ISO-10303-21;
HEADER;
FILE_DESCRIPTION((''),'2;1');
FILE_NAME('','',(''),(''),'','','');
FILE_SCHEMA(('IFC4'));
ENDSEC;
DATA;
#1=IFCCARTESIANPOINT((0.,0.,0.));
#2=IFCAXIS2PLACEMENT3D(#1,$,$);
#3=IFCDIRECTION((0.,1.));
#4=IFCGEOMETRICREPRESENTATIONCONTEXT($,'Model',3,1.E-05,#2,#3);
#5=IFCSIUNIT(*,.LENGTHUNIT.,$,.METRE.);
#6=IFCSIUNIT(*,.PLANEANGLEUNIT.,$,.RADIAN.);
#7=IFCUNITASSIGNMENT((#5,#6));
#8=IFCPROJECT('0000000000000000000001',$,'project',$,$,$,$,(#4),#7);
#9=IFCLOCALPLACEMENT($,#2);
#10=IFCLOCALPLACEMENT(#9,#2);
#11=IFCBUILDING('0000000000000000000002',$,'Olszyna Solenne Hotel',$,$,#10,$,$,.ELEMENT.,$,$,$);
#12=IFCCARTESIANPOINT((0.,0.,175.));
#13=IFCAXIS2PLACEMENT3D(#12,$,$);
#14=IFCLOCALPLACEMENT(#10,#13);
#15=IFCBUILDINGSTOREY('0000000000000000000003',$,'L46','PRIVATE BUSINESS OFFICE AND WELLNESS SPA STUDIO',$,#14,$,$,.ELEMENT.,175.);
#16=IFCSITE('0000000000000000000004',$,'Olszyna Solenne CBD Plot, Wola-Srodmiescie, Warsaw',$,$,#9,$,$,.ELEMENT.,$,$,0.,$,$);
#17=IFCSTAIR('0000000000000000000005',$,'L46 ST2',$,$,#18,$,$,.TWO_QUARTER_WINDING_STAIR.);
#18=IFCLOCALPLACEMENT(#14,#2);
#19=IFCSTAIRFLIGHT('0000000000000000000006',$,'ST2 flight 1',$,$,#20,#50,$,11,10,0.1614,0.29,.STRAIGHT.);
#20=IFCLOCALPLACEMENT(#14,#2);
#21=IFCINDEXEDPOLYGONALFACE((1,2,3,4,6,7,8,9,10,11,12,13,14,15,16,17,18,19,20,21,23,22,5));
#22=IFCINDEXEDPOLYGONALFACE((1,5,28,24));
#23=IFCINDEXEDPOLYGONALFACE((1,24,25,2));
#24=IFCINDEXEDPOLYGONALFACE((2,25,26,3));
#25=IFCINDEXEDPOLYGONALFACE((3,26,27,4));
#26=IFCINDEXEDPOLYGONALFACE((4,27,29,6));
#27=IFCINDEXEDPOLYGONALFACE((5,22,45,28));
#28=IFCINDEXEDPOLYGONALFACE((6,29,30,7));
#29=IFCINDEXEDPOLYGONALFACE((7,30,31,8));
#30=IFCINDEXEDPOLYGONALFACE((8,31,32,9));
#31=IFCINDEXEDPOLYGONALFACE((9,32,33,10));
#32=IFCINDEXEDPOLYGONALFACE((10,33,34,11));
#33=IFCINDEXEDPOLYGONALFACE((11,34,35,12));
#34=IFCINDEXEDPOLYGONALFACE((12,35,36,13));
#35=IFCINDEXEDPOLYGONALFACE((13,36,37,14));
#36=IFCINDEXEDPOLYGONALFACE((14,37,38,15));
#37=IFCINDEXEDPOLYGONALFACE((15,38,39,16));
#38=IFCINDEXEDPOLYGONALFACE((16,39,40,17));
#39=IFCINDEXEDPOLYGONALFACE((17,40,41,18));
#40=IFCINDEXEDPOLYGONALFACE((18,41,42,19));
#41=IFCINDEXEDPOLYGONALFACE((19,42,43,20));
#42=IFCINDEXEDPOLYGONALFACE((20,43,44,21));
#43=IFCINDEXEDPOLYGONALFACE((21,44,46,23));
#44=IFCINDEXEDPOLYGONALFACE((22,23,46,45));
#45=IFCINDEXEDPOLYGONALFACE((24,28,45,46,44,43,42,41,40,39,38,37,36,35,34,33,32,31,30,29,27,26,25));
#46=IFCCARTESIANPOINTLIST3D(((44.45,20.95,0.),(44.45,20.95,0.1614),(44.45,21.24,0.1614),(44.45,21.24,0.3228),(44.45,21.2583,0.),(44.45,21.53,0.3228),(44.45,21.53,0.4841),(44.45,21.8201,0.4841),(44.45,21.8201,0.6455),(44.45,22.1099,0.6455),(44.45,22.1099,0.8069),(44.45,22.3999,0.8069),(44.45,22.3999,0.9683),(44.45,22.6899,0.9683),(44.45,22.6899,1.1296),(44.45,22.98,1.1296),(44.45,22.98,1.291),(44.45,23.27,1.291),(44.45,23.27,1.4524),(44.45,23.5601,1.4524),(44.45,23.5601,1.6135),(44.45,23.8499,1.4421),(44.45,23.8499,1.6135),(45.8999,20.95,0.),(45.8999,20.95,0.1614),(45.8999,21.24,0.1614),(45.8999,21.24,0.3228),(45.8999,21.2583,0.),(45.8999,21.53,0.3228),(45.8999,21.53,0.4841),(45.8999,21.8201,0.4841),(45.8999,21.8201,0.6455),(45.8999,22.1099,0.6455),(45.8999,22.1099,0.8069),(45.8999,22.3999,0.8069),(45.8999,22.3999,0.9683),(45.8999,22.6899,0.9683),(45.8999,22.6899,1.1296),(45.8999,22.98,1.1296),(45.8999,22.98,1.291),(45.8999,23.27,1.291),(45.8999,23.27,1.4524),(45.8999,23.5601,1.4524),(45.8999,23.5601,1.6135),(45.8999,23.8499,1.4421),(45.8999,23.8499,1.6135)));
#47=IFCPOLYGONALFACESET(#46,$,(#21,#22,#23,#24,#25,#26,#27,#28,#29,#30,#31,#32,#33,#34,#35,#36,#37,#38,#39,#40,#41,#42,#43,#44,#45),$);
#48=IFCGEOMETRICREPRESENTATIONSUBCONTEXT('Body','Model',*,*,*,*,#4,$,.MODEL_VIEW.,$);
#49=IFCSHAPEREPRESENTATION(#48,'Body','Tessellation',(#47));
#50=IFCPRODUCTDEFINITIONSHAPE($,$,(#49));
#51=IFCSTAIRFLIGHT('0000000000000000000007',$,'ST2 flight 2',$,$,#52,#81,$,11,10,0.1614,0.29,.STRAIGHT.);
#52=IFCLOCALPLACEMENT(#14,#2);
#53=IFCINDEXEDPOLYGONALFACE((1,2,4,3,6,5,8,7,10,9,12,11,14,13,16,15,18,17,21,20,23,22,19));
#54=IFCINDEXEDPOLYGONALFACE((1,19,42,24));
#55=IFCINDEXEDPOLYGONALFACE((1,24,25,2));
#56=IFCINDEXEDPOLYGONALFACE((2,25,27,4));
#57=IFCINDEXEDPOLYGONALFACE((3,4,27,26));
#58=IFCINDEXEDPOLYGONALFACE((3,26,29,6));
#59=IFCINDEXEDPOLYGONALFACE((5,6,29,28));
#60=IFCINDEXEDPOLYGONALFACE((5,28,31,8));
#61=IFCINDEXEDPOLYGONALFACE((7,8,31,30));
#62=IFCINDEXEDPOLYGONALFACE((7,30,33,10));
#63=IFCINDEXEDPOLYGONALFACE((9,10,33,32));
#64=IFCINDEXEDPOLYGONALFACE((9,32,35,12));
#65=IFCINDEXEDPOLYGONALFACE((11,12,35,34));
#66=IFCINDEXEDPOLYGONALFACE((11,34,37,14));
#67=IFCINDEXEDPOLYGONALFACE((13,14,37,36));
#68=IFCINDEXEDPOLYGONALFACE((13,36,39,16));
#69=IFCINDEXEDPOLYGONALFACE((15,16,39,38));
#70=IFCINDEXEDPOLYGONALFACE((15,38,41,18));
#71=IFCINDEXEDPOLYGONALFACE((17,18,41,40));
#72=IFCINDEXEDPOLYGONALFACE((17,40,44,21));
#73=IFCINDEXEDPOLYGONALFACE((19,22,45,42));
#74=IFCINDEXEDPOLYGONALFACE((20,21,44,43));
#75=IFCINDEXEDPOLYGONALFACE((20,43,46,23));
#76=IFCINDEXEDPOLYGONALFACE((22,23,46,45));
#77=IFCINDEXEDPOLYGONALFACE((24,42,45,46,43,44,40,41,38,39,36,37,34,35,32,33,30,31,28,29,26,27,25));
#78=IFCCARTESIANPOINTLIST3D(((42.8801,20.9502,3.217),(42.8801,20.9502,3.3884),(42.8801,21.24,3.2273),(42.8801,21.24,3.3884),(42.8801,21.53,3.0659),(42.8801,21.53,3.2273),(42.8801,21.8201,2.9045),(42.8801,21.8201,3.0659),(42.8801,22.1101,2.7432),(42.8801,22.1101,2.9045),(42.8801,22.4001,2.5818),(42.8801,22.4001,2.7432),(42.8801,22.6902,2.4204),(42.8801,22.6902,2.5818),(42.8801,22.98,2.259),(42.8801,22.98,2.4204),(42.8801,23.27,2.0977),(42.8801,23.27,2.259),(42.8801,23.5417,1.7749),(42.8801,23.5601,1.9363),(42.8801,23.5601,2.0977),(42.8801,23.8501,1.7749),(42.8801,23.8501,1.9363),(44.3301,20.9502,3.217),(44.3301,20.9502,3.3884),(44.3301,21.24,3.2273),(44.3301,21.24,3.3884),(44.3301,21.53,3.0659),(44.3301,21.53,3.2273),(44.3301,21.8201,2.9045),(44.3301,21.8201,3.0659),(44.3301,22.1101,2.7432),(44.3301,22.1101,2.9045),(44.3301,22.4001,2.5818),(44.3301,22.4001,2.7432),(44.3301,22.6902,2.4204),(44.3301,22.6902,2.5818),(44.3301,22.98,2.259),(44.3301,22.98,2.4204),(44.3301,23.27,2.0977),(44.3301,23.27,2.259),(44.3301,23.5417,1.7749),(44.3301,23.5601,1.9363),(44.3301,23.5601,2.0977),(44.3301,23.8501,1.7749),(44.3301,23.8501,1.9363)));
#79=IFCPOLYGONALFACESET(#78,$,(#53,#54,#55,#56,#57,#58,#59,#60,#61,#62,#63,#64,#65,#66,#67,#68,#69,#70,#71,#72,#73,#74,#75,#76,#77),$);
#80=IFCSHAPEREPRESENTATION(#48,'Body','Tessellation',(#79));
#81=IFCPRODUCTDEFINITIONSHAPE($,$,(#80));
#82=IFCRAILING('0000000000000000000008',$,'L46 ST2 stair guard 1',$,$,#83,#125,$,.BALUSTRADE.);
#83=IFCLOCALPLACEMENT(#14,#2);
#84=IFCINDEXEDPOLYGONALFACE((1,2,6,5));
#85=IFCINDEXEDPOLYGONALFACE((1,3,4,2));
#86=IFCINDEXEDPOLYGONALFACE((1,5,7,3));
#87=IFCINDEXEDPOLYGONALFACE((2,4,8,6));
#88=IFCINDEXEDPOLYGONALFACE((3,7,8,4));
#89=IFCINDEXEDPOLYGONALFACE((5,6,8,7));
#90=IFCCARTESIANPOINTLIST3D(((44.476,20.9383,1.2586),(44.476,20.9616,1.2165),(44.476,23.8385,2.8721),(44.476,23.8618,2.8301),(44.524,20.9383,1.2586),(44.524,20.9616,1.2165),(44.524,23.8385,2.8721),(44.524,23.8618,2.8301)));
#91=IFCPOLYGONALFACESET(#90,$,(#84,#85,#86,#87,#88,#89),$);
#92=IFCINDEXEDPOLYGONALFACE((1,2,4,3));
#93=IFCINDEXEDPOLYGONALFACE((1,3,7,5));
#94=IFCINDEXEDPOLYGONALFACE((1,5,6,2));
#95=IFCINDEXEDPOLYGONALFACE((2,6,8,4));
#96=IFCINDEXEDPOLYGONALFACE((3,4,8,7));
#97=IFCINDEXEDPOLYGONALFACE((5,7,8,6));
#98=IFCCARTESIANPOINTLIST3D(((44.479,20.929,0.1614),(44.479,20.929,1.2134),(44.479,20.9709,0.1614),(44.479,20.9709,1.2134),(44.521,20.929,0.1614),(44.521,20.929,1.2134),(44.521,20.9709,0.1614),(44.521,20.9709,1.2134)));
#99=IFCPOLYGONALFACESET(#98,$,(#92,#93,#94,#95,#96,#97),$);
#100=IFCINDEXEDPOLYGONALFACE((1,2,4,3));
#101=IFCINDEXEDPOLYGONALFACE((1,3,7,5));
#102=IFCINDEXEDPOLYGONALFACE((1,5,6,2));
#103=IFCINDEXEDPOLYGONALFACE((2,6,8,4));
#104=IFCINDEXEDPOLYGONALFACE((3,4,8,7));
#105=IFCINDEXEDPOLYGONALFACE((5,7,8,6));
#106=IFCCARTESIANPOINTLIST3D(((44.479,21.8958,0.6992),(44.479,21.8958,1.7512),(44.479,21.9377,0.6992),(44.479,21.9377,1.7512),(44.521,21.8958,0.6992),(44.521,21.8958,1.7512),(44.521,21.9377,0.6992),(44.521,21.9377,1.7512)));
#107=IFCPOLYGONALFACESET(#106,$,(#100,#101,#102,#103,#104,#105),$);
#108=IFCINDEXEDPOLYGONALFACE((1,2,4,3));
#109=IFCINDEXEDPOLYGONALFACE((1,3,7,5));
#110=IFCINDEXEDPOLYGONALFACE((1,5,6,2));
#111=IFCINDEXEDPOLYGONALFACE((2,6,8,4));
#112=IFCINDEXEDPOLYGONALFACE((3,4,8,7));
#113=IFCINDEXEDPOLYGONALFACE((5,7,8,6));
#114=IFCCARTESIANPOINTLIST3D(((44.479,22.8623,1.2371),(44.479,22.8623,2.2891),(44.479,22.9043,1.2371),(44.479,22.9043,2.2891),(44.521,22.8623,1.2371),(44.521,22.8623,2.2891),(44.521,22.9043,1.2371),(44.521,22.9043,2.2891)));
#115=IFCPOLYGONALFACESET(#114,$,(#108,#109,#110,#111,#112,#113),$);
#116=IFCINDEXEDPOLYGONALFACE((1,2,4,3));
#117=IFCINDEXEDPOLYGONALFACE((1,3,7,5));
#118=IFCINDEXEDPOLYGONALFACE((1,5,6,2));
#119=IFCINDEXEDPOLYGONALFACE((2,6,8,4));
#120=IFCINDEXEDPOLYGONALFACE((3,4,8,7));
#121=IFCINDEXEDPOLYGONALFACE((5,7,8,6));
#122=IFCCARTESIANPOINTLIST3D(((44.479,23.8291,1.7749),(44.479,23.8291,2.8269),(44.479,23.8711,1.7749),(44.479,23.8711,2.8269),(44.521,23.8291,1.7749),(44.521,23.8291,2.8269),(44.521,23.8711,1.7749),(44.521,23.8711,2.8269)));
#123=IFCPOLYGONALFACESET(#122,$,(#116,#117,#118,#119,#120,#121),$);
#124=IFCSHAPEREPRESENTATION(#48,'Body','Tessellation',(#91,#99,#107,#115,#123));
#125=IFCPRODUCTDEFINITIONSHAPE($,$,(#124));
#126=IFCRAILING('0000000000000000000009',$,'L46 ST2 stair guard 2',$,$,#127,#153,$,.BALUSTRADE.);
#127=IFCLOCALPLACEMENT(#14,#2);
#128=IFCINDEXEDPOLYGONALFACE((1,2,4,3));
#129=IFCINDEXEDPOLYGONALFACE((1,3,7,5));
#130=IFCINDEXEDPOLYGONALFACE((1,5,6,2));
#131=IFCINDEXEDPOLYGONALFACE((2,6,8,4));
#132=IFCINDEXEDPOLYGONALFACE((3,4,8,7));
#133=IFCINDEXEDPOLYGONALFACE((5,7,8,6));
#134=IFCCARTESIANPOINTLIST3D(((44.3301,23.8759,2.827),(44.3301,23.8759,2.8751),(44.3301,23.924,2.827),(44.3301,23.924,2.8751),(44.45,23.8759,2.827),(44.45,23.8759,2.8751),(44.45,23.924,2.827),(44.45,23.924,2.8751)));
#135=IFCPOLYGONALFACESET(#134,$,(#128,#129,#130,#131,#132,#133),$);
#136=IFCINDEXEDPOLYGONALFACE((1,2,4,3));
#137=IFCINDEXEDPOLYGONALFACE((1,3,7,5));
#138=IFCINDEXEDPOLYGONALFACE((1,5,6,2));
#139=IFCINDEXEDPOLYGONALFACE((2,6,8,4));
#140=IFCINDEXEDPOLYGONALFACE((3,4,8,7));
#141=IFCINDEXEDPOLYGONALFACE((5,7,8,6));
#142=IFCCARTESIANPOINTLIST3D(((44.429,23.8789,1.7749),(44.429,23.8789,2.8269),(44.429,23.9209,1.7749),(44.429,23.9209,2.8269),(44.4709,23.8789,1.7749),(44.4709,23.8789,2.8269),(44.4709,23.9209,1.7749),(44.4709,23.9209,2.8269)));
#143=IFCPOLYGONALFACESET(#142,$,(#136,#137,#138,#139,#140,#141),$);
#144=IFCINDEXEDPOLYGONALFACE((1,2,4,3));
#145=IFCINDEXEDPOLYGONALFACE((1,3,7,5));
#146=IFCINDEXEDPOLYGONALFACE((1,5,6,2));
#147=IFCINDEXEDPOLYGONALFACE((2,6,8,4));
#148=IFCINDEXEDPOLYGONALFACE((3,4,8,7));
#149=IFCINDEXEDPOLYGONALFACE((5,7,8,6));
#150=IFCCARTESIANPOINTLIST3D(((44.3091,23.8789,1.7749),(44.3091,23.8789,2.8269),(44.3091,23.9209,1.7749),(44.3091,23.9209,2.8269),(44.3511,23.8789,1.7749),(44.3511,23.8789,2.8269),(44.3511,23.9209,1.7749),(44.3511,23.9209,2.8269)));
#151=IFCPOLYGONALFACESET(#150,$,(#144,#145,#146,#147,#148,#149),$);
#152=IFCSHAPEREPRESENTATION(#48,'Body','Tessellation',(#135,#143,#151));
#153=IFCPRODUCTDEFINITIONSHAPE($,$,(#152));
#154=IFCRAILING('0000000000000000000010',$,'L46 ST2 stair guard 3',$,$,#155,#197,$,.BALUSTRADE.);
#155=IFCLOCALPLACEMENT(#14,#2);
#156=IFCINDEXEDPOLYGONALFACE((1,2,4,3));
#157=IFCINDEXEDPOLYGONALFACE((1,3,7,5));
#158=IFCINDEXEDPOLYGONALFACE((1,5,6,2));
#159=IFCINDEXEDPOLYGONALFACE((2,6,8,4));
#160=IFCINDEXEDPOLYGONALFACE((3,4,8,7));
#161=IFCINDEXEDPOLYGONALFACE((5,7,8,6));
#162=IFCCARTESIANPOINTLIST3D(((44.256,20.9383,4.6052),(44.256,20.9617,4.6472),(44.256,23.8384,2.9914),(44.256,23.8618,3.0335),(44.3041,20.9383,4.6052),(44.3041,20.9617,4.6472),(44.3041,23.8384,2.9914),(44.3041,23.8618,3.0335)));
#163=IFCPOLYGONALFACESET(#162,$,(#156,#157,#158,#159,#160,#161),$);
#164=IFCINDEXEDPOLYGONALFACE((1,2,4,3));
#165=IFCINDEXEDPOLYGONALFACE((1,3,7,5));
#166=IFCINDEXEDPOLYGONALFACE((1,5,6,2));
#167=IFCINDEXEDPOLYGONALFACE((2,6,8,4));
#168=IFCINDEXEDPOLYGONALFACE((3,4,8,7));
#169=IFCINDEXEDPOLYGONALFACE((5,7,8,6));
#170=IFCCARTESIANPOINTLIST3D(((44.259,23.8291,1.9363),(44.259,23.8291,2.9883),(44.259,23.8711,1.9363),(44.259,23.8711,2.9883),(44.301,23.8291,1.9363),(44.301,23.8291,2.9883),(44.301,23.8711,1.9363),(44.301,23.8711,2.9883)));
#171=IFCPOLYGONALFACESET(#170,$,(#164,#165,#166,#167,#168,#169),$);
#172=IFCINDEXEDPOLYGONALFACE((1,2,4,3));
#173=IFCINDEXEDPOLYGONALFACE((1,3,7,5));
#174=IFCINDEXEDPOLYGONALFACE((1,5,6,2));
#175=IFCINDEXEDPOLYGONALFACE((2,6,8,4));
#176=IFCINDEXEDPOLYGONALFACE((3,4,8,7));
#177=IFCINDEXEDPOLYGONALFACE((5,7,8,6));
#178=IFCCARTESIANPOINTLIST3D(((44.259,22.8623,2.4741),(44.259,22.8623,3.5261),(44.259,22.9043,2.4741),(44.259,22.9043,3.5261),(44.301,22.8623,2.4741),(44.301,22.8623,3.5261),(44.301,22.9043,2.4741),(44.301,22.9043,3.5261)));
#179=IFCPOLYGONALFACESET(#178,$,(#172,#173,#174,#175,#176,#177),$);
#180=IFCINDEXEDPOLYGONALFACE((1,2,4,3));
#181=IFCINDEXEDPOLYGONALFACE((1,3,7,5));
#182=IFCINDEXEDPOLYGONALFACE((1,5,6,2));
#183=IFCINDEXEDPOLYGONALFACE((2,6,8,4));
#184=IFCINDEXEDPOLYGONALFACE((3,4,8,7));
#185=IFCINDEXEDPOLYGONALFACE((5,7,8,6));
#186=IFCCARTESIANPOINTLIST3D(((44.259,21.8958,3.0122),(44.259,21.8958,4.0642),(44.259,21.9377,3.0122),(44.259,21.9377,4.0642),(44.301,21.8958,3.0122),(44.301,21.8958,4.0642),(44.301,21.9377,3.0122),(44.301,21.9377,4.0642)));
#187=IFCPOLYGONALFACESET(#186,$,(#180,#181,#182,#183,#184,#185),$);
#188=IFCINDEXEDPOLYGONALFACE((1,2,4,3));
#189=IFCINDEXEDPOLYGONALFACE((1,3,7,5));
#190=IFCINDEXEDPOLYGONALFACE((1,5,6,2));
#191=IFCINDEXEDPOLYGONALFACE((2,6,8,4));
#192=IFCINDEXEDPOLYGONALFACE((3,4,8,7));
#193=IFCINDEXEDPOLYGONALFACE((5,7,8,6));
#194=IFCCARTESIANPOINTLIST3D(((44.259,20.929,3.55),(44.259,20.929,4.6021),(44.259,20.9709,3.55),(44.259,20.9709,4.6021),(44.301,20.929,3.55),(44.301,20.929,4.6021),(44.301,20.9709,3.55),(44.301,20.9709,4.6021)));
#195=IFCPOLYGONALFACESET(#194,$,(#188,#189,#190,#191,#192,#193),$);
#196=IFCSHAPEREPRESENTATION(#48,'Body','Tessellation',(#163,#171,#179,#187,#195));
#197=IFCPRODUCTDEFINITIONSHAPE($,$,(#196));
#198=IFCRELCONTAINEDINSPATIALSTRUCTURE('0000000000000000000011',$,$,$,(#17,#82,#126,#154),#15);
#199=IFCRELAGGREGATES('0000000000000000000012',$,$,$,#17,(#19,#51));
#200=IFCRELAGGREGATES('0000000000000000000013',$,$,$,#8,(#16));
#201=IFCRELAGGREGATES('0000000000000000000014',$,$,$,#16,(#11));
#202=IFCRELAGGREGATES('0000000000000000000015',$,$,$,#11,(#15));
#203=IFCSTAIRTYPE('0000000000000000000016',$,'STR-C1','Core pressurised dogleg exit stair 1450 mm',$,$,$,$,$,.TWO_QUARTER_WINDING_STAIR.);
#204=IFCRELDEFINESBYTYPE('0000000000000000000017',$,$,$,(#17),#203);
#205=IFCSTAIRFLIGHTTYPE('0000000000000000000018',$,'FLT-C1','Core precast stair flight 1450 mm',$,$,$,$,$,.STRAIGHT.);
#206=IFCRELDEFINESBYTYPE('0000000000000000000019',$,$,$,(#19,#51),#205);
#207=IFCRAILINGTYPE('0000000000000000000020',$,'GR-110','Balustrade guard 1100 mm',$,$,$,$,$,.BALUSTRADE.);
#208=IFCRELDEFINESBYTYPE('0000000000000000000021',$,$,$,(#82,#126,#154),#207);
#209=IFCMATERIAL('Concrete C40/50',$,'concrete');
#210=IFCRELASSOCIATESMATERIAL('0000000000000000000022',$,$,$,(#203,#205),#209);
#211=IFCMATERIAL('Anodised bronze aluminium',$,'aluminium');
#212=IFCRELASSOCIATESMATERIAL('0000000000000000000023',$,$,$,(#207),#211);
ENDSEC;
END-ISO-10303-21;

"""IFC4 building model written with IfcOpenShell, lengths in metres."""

from ifc_helpers import new_model, si_unit, direction, frame, origin, origin_2d, place, context, subcontext, project, spatial, polyline, rectangle, outline, extrude, material, type_object, element, aggregate, save


model = new_model("IFC4")

# Units and contexts
model_context = context("Model", 3, precision=1e-05, world=origin(), true_north=direction((0.0, 1.0)))
body_context = subcontext(model_context, "Body", "Model", "MODEL_VIEW")
ifc_project = project(units=[si_unit("LENGTHUNIT", "METRE"), si_unit("PLANEANGLEUNIT", "RADIAN")], contexts=[model_context])

# Site, building, storey
site_placement = place(None, origin())
site = spatial("IfcSite", under=ifc_project, at=site_placement, Name="Olszyna Solenne CBD Plot, Wola-Srodmiescie, Warsaw", CompositionType="ELEMENT", RefElevation=0.0)
building_placement = place(site_placement, origin())
building = spatial("IfcBuilding", under=site, at=building_placement, Name="Olszyna Solenne Hotel", CompositionType="ELEMENT")
storey_placement = place(building_placement, frame((0.0, 0.0, 175.0)))
storey = spatial("IfcBuildingStorey", under=building, at=storey_placement, Name="L46", Description="PRIVATE BUSINESS OFFICE AND WELLNESS SPA STUDIO", CompositionType="ELEMENT", Elevation=175.0)

# Shared definitions
ifc_material_1 = material(Name="Anodised bronze aluminium", Category="aluminium")

# Stair, stair flights
ifc_material_2 = material(Name="Concrete C40/50", Category="concrete")
stair_type = type_object("IfcStairType", Name="STR-C1", Description="Core pressurised dogleg exit stair 1450 mm", PredefinedType="TWO_QUARTER_WINDING_STAIR", material=ifc_material_2)
stair_placement = place(storey_placement, origin())
stair = element("IfcStair", 1, at=stair_placement, inside=storey, type_object=stair_type, Name="L46 ST2", PredefinedType="TWO_QUARTER_WINDING_STAIR")
stair_flight_type = type_object("IfcStairFlightType", Name="FLT-C1", Description="Core precast stair flight 1450 mm", PredefinedType="STRAIGHT", material=ifc_material_2)
stair_flight_1_placement = place(storey_placement, frame((45.175, 20.95, 0.0), z_axis=(0.0, 0.0, 1.0), x_axis=(0.0, 1.0, 0.0)))
stair_flight_1 = element("IfcStairFlight", 2, at=stair_flight_1_placement, type_object=stair_flight_type, Name="ST2 flight 1", NumberOfRisers=11, NumberOfTreads=10, PredefinedType="STRAIGHT", RiserHeight=0.1614, TreadLength=0.29, context=body_context, shape_type="SweptSolid", body=[
    extrude(outline(polyline([(0.0, 0.0), (0.0, 0.1614), (0.29, 0.1614), (0.29, 0.3228), (0.5801, 0.3228), (0.5801, 0.4841), (0.8701, 0.4841), (0.8701, 0.6455), (1.1599, 0.6455), (1.1599, 0.8069), (1.45, 0.8069), (1.45, 0.9683), (1.74, 0.9683), (1.74, 1.1296), (2.03, 1.1296), (2.03, 1.291), (2.3201, 1.291), (2.3201, 1.4524), (2.6101, 1.4524), (2.6101, 1.6135), (2.8999, 1.6135), (2.8999, 1.7749), (2.8999, 1.4421), (0.3083, 0.0), (0.0, 0.0)])), frame((0.0, 0.7251, 0.0), z_axis=(0.0, -1.0, 0.0), x_axis=(1.0, 0.0, 0.0)), (0.0, 0.0, 1.0), 1.45),
])
stair_flight_2_placement = place(storey_placement, frame((43.605, 23.8501, 1.7749), z_axis=(0.0, 0.0, 1.0), x_axis=(0.0, -1.0, 0.0)))
stair_flight_2 = element("IfcStairFlight", 3, at=stair_flight_2_placement, type_object=stair_flight_type, Name="ST2 flight 2", NumberOfRisers=11, NumberOfTreads=10, PredefinedType="STRAIGHT", RiserHeight=0.1614, TreadLength=0.29, context=body_context, shape_type="SweptSolid", body=[
    extrude(outline(polyline([(0.0, 0.0), (0.0, 0.1614), (0.29, 0.1614), (0.29, 0.3228), (0.5801, 0.3228), (0.5801, 0.4841), (0.8701, 0.4841), (0.8701, 0.6455), (1.1599, 0.6455), (1.1599, 0.8069), (1.45, 0.8069), (1.45, 0.9683), (1.74, 0.9683), (1.74, 1.1296), (2.03, 1.1296), (2.03, 1.291), (2.3201, 1.291), (2.3201, 1.4524), (2.6101, 1.4524), (2.6101, 1.6135), (2.8999, 1.6135), (2.8999, 1.7749), (2.8999, 1.4421), (0.3083, 0.0), (0.0, 0.0)])), frame((0.0, 0.7251, 0.0), z_axis=(0.0, -1.0, 0.0), x_axis=(1.0, 0.0, 0.0)), (0.0, 0.0, 1.0), 1.45),
])
aggregate(stair, [stair_flight_1, stair_flight_2])

# Railings
railing_type_1 = type_object("IfcRailingType", Name="GR-110", Description="Balustrade guard 1100 mm", PredefinedType="BALUSTRADE", material=ifc_material_1)
railing_1_placement = place(storey_placement, frame((44.5, 20.95, 0.1614)))
element("IfcRailing", 4, at=railing_1_placement, inside=storey, type_object=railing_type_1, Name="L46 ST2 stair guard 1", PredefinedType="BALUSTRADE", context=body_context, shape_type="SweptSolid", body=[
    extrude(rectangle(XDim=0.0481, YDim=0.0481, at=origin_2d()), frame((0.0, 0.0, 1.0762), z_axis=(0.0, 0.873859, 0.48618), x_axis=(-1.0, 0.0, 0.0)), (0.0, 0.0, 1.0), 3.3188),
    extrude(rectangle(XDim=0.042, YDim=0.042, at=origin_2d()), origin(), (0.0, 0.0, 1.0), 1.052),
    extrude(rectangle(XDim=0.042, YDim=0.042, at=origin_2d()), frame((0.0, 0.9668, 0.5378)), (0.0, 0.0, 1.0), 1.052),
    extrude(rectangle(XDim=0.042, YDim=0.042, at=origin_2d()), frame((0.0, 1.9333, 1.0757)), (0.0, 0.0, 1.0), 1.052),
    extrude(rectangle(XDim=0.042, YDim=0.042, at=origin_2d()), frame((0.0, 2.9001, 1.6135)), (0.0, 0.0, 1.0), 1.052),
])
railing_2_placement = place(storey_placement, frame((44.45, 23.8999, 1.7749)))
element("IfcRailing", 5, at=railing_2_placement, inside=storey, type_object=railing_type_1, Name="L46 ST2 stair guard 2", PredefinedType="BALUSTRADE", context=body_context, shape_type="SweptSolid", body=[
    extrude(rectangle(XDim=0.0481, YDim=0.0481, at=origin_2d()), frame((0.0, 0.0, 1.0762), z_axis=(-1.0, 0.0, 0.0), x_axis=(0.0, -1.0, 0.0)), (0.0, 0.0, 1.0), 0.1199),
    extrude(rectangle(XDim=0.042, YDim=0.042, at=origin_2d()), origin(), (0.0, 0.0, 1.0), 1.052),
    extrude(rectangle(XDim=0.042, YDim=0.042, at=origin_2d()), frame((-0.1199, 0.0, 0.0)), (0.0, 0.0, 1.0), 1.052),
])
railing_3_placement = place(storey_placement, frame((44.28, 23.8501, 1.9363)))
element("IfcRailing", 6, at=railing_3_placement, inside=storey, type_object=railing_type_1, Name="L46 ST2 stair guard 3", PredefinedType="BALUSTRADE", context=body_context, shape_type="SweptSolid", body=[
    extrude(rectangle(XDim=0.0481, YDim=0.0481, at=origin_2d()), frame((0.0, 0.0, 1.0762), z_axis=(0.0, -0.873827, 0.486236), x_axis=(1.0, 0.0, 0.0)), (0.0, 0.0, 1.0), 3.3188),
    extrude(rectangle(XDim=0.042, YDim=0.042, at=origin_2d()), origin(), (0.0, 0.0, 1.0), 1.052),
    extrude(rectangle(XDim=0.042, YDim=0.042, at=origin_2d()), frame((0.0, -0.9668, 0.5378)), (0.0, 0.0, 1.0), 1.052),
    extrude(rectangle(XDim=0.042, YDim=0.042, at=origin_2d()), frame((0.0, -1.9333, 1.0759)), (0.0, 0.0, 1.0), 1.052),
    extrude(rectangle(XDim=0.042, YDim=0.042, at=origin_2d()), frame((0.0, -2.9001, 1.6138)), (0.0, 0.0, 1.0), 1.052),
])

save(model, "model.ifc")
